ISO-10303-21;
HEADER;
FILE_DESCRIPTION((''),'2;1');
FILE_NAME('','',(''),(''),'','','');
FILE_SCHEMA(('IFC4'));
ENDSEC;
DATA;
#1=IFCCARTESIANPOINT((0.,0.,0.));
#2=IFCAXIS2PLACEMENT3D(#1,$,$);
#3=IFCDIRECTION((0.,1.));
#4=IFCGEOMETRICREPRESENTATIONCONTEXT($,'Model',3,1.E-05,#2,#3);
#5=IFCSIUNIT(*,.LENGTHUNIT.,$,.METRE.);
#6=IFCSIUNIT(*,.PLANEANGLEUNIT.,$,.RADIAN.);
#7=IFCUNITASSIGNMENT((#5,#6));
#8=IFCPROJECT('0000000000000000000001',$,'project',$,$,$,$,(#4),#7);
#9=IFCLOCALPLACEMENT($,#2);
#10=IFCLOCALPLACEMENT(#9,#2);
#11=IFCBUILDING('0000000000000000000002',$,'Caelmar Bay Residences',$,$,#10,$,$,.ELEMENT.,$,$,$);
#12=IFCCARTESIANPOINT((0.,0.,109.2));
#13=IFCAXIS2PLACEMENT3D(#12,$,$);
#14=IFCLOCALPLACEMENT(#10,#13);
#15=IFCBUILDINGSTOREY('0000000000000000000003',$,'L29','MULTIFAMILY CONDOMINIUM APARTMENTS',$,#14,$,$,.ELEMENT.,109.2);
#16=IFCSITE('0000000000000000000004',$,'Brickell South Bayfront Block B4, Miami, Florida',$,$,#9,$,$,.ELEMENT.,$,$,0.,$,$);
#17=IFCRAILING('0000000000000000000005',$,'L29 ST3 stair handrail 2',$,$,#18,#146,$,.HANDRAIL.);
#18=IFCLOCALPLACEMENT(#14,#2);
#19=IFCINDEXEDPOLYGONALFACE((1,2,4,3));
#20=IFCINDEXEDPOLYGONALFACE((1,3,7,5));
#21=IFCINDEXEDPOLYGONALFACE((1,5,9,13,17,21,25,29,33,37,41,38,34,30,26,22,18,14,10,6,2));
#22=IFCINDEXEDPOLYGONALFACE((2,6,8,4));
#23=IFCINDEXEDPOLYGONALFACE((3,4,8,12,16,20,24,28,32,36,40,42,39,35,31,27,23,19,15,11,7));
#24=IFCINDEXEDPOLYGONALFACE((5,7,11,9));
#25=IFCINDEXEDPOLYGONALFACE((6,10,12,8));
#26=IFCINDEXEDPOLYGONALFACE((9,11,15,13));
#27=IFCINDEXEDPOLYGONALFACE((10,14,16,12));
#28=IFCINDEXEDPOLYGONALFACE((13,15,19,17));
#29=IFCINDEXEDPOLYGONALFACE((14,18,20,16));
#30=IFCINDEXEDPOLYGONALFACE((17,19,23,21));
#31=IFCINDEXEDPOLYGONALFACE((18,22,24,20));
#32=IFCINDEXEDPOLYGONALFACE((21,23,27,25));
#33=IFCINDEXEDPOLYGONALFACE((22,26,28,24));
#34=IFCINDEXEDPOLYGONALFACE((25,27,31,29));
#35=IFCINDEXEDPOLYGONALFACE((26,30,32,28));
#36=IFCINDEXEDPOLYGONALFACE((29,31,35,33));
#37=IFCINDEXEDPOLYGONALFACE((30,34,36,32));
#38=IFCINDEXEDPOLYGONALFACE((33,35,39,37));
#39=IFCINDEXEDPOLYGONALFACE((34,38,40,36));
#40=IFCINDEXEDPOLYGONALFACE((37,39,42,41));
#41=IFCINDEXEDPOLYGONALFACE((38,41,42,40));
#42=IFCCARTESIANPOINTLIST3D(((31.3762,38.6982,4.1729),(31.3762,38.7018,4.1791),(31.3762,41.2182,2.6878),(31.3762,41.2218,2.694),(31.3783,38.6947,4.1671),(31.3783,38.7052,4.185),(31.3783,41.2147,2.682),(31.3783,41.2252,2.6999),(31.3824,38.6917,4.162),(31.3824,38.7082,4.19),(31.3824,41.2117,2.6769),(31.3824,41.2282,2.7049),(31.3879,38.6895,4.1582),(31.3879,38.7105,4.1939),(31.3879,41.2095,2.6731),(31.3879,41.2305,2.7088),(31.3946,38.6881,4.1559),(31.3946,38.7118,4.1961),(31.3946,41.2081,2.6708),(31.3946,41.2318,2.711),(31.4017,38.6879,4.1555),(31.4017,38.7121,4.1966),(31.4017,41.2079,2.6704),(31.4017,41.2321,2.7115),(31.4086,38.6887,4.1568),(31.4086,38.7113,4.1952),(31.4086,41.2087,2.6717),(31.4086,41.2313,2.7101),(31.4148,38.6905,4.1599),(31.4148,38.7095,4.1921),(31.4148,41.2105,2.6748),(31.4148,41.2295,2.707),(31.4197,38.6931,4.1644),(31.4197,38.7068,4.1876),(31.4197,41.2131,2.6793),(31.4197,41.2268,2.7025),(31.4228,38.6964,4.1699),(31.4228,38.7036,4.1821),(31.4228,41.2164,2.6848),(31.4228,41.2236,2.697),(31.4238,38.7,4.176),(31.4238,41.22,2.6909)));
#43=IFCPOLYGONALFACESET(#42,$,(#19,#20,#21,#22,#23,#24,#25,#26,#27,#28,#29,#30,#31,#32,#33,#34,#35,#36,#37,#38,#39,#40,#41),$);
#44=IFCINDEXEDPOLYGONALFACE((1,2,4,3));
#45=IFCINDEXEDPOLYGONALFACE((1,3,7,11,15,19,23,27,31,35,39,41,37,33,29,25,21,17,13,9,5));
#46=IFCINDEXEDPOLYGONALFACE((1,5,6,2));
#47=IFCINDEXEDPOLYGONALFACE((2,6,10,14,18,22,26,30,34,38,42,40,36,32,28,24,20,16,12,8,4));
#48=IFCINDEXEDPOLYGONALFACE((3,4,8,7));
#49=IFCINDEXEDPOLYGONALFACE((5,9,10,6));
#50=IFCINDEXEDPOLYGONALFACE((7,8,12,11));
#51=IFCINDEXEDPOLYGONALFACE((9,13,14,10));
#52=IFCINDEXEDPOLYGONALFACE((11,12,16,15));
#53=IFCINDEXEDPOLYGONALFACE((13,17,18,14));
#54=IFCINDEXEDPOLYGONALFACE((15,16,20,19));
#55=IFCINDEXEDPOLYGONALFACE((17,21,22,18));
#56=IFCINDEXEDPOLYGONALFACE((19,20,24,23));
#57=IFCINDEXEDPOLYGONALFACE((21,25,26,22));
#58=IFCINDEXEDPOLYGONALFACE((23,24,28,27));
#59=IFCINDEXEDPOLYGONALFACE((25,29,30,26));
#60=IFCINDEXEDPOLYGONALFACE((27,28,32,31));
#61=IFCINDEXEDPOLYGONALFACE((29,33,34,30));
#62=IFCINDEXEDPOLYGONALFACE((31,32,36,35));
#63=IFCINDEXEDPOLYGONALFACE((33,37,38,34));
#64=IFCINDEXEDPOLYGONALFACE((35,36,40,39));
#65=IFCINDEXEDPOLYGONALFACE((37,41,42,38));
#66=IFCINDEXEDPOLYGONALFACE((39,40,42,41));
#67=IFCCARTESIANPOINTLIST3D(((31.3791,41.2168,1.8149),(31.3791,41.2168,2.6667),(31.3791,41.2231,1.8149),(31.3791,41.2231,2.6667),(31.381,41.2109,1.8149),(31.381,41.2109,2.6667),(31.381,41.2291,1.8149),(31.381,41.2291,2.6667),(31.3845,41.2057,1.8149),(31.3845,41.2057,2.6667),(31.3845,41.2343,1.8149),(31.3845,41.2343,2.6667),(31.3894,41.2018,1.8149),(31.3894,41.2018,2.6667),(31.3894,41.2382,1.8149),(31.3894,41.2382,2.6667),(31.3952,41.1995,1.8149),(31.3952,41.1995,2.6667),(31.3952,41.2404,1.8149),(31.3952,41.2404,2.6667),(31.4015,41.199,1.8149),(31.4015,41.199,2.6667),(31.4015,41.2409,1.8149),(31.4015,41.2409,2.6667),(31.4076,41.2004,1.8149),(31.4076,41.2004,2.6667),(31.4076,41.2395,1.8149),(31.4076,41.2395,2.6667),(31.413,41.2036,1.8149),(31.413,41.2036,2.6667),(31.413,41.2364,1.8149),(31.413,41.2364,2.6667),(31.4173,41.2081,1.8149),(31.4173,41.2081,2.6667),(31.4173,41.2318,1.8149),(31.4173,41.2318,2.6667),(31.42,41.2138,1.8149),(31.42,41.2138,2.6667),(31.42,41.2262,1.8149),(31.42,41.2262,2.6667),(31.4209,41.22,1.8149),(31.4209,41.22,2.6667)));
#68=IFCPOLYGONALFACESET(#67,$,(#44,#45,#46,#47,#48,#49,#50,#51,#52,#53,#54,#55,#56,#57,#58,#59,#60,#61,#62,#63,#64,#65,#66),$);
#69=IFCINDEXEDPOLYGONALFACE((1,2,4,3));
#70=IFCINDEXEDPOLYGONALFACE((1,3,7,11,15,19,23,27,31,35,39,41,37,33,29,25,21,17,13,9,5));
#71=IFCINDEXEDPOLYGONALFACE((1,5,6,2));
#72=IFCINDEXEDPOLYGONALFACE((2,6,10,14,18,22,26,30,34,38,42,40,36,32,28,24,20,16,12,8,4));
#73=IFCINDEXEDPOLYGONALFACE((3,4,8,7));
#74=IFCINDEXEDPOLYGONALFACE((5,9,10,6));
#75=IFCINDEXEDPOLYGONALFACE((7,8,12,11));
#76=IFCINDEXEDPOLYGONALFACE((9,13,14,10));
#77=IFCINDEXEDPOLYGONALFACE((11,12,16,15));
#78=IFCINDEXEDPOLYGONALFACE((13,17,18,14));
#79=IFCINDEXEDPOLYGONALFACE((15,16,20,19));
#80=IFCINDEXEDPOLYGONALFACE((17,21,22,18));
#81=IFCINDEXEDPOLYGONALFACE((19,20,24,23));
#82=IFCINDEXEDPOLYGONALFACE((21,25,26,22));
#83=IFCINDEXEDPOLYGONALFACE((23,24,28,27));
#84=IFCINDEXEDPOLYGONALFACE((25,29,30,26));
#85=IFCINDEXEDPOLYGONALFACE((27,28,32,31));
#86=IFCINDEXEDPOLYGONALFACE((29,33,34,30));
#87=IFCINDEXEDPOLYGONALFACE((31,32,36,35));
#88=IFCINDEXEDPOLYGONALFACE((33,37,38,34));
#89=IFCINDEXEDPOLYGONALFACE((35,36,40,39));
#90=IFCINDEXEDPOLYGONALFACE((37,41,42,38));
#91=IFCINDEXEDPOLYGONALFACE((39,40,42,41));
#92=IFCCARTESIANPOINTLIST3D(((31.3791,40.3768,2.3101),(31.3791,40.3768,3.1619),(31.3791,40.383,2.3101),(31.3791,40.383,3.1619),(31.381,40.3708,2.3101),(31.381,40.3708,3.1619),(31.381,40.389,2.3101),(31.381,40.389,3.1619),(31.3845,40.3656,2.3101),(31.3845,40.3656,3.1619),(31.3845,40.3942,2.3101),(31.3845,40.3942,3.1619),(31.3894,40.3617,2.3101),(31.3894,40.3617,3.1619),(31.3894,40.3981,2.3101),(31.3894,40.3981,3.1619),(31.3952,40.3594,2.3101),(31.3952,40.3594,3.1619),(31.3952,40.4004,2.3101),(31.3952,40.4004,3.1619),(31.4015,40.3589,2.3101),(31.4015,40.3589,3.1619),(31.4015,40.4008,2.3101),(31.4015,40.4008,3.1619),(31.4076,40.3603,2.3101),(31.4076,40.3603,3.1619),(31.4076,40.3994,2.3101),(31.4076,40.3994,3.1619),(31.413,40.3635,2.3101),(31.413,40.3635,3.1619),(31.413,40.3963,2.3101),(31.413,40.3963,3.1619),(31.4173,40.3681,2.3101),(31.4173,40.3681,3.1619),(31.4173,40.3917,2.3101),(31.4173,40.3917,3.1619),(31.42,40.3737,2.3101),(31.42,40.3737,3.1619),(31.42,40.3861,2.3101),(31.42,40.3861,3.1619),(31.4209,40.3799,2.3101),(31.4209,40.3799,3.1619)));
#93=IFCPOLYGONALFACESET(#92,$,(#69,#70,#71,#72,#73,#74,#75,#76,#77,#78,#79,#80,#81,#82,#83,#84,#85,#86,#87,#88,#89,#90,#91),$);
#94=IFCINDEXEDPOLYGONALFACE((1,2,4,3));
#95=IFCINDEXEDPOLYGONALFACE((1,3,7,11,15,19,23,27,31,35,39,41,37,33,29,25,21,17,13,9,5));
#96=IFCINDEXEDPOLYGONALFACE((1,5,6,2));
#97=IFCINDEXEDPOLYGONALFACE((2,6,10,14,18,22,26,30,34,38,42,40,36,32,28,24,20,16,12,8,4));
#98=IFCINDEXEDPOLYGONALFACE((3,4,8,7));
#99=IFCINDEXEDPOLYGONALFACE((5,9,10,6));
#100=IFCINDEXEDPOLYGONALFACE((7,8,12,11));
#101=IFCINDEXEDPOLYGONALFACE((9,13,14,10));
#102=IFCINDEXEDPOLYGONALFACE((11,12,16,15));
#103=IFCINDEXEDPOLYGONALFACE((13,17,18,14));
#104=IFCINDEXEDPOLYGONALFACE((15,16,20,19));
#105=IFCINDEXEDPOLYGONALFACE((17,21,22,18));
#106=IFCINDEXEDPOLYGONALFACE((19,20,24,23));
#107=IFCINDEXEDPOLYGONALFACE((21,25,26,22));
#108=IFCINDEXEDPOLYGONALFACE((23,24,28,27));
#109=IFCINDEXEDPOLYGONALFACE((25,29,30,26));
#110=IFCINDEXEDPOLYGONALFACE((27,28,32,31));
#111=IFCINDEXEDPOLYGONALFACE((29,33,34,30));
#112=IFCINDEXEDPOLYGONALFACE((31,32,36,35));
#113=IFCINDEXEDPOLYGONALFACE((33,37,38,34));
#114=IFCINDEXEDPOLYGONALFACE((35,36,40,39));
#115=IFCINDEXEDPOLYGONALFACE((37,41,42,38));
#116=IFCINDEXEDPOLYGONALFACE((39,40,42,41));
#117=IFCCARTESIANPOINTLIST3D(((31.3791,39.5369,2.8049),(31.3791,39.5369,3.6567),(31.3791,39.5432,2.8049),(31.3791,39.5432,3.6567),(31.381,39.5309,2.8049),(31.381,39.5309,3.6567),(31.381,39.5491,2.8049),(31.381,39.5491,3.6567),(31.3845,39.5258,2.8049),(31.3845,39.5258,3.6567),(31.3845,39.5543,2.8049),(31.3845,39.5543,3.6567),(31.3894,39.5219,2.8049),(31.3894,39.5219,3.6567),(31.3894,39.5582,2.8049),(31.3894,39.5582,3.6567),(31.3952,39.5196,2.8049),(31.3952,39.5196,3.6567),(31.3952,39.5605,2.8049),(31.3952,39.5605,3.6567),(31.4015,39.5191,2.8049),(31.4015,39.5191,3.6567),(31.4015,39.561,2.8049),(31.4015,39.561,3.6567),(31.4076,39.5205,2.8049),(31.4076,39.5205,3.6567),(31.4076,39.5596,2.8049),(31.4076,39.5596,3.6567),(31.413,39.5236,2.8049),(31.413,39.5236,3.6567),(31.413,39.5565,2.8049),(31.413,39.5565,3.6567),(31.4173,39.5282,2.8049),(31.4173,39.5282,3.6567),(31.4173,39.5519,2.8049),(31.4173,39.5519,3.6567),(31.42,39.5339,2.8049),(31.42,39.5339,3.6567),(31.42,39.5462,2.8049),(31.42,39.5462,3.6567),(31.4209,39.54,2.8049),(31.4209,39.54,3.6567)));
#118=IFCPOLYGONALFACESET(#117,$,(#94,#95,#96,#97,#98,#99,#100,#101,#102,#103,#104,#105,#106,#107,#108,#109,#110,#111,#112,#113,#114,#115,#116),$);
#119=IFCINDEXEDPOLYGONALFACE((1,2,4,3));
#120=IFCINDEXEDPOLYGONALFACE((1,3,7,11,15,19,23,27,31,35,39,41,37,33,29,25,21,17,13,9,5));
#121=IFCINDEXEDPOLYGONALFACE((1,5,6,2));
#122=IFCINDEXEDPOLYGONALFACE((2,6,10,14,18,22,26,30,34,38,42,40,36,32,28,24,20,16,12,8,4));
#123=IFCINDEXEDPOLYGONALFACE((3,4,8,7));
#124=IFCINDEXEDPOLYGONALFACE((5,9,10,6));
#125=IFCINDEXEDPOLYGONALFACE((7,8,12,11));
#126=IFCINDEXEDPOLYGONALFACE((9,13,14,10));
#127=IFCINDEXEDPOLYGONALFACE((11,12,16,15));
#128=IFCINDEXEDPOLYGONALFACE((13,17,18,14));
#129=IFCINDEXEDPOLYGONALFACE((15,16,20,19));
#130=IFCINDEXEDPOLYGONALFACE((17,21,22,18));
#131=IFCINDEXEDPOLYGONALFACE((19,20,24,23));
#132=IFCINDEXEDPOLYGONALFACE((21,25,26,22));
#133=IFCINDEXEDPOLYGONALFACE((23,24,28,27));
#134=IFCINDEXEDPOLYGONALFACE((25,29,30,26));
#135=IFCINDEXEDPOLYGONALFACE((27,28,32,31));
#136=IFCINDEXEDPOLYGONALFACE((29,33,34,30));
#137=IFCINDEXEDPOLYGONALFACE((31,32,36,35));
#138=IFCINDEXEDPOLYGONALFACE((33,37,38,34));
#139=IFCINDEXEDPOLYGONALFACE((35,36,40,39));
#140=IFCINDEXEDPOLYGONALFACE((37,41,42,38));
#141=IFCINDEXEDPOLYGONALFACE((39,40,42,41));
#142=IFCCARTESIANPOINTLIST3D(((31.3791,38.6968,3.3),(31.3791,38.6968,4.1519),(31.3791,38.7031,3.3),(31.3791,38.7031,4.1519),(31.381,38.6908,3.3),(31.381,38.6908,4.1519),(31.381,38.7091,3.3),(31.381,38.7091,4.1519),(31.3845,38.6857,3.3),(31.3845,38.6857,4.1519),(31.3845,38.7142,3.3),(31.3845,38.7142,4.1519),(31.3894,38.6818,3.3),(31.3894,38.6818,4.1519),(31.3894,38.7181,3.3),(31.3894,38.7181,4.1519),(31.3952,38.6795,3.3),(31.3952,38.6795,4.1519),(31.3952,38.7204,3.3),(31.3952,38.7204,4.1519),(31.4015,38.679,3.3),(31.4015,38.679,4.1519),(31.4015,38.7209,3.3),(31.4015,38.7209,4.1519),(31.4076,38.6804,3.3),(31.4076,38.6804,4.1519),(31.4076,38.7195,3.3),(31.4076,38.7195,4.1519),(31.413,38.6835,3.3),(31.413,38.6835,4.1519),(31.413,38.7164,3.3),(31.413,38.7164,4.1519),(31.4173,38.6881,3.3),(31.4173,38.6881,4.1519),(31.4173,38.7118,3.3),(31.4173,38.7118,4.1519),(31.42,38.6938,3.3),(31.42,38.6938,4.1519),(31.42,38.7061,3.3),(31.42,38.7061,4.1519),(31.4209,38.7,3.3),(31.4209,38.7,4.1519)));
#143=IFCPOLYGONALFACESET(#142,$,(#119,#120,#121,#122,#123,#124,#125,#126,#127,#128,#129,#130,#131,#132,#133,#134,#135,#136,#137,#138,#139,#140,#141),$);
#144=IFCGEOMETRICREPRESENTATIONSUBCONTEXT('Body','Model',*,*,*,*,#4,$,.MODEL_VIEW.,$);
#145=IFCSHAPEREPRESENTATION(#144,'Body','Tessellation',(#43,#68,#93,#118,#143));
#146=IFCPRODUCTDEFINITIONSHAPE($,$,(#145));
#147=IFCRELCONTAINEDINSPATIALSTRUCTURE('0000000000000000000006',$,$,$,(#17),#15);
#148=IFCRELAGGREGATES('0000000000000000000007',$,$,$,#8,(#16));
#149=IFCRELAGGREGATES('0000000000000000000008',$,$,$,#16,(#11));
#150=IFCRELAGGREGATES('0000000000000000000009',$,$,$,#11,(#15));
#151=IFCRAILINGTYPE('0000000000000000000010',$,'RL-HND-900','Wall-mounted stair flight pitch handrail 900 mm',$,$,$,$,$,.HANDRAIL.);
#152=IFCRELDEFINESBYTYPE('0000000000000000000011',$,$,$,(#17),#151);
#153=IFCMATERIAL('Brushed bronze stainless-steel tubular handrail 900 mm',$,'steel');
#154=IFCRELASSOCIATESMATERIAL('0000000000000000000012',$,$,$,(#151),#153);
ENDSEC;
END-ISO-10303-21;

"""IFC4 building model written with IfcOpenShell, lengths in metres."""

from ifc_helpers import new_model, si_unit, direction, frame, origin, origin_2d, place, context, subcontext, project, spatial, circle, extrude, material, type_object, element, save


model = new_model("IFC4")

# Units and contexts
model_context = context("Model", 3, precision=1e-05, world=origin(), true_north=direction((0.0, 1.0)))
body_context = subcontext(model_context, "Body", "Model", "MODEL_VIEW")
ifc_project = project(units=[si_unit("LENGTHUNIT", "METRE"), si_unit("PLANEANGLEUNIT", "RADIAN")], contexts=[model_context])

# Site, building, storey
site_placement = place(None, origin())
site = spatial("IfcSite", under=ifc_project, at=site_placement, Name="Brickell South Bayfront Block B4, Miami, Florida", CompositionType="ELEMENT", RefElevation=0.0)
building_placement = place(site_placement, origin())
building = spatial("IfcBuilding", under=site, at=building_placement, Name="Caelmar Bay Residences", CompositionType="ELEMENT")
storey_placement = place(building_placement, frame((0.0, 0.0, 109.2)))
storey = spatial("IfcBuildingStorey", under=building, at=storey_placement, Name="L29", Description="MULTIFAMILY CONDOMINIUM APARTMENTS", CompositionType="ELEMENT", Elevation=109.2)

# Railing
ifc_material_1 = material(Name="Brushed bronze stainless-steel tubular handrail 900 mm", Category="steel")
railing_type_1 = type_object("IfcRailingType", Name="RL-HND-900", Description="Wall-mounted stair flight pitch handrail 900 mm", PredefinedType="HANDRAIL", material=ifc_material_1)
railing_1_placement = place(storey_placement, frame((31.3999, 41.22, 1.8149)))
element("IfcRailing", 1, at=railing_1_placement, inside=storey, type_object=railing_type_1, Name="L29 ST3 stair handrail 2", PredefinedType="HANDRAIL", context=body_context, shape_type="SweptSolid", body=[
    extrude(circle(Radius=0.0239, at=origin_2d()), frame((0.0, 0.0, 0.876), z_axis=(0.0, -0.861524, 0.507717), x_axis=(1.0, 0.0, 0.0)), (0.0, 0.0, 1.0), 2.925),
    extrude(circle(Radius=0.021, at=origin_2d()), origin(), (0.0, 0.0, 1.0), 0.8518),
    extrude(circle(Radius=0.021, at=origin_2d()), frame((0.0, -0.8401, 0.4951)), (0.0, 0.0, 1.0), 0.8518),
    extrude(circle(Radius=0.021, at=origin_2d()), frame((0.0, -1.6799, 0.99)), (0.0, 0.0, 1.0), 0.8518),
    extrude(circle(Radius=0.021, at=origin_2d()), frame((0.0, -2.52, 1.4851)), (0.0, 0.0, 1.0), 0.8518),
])

save(model, "model.ifc")
